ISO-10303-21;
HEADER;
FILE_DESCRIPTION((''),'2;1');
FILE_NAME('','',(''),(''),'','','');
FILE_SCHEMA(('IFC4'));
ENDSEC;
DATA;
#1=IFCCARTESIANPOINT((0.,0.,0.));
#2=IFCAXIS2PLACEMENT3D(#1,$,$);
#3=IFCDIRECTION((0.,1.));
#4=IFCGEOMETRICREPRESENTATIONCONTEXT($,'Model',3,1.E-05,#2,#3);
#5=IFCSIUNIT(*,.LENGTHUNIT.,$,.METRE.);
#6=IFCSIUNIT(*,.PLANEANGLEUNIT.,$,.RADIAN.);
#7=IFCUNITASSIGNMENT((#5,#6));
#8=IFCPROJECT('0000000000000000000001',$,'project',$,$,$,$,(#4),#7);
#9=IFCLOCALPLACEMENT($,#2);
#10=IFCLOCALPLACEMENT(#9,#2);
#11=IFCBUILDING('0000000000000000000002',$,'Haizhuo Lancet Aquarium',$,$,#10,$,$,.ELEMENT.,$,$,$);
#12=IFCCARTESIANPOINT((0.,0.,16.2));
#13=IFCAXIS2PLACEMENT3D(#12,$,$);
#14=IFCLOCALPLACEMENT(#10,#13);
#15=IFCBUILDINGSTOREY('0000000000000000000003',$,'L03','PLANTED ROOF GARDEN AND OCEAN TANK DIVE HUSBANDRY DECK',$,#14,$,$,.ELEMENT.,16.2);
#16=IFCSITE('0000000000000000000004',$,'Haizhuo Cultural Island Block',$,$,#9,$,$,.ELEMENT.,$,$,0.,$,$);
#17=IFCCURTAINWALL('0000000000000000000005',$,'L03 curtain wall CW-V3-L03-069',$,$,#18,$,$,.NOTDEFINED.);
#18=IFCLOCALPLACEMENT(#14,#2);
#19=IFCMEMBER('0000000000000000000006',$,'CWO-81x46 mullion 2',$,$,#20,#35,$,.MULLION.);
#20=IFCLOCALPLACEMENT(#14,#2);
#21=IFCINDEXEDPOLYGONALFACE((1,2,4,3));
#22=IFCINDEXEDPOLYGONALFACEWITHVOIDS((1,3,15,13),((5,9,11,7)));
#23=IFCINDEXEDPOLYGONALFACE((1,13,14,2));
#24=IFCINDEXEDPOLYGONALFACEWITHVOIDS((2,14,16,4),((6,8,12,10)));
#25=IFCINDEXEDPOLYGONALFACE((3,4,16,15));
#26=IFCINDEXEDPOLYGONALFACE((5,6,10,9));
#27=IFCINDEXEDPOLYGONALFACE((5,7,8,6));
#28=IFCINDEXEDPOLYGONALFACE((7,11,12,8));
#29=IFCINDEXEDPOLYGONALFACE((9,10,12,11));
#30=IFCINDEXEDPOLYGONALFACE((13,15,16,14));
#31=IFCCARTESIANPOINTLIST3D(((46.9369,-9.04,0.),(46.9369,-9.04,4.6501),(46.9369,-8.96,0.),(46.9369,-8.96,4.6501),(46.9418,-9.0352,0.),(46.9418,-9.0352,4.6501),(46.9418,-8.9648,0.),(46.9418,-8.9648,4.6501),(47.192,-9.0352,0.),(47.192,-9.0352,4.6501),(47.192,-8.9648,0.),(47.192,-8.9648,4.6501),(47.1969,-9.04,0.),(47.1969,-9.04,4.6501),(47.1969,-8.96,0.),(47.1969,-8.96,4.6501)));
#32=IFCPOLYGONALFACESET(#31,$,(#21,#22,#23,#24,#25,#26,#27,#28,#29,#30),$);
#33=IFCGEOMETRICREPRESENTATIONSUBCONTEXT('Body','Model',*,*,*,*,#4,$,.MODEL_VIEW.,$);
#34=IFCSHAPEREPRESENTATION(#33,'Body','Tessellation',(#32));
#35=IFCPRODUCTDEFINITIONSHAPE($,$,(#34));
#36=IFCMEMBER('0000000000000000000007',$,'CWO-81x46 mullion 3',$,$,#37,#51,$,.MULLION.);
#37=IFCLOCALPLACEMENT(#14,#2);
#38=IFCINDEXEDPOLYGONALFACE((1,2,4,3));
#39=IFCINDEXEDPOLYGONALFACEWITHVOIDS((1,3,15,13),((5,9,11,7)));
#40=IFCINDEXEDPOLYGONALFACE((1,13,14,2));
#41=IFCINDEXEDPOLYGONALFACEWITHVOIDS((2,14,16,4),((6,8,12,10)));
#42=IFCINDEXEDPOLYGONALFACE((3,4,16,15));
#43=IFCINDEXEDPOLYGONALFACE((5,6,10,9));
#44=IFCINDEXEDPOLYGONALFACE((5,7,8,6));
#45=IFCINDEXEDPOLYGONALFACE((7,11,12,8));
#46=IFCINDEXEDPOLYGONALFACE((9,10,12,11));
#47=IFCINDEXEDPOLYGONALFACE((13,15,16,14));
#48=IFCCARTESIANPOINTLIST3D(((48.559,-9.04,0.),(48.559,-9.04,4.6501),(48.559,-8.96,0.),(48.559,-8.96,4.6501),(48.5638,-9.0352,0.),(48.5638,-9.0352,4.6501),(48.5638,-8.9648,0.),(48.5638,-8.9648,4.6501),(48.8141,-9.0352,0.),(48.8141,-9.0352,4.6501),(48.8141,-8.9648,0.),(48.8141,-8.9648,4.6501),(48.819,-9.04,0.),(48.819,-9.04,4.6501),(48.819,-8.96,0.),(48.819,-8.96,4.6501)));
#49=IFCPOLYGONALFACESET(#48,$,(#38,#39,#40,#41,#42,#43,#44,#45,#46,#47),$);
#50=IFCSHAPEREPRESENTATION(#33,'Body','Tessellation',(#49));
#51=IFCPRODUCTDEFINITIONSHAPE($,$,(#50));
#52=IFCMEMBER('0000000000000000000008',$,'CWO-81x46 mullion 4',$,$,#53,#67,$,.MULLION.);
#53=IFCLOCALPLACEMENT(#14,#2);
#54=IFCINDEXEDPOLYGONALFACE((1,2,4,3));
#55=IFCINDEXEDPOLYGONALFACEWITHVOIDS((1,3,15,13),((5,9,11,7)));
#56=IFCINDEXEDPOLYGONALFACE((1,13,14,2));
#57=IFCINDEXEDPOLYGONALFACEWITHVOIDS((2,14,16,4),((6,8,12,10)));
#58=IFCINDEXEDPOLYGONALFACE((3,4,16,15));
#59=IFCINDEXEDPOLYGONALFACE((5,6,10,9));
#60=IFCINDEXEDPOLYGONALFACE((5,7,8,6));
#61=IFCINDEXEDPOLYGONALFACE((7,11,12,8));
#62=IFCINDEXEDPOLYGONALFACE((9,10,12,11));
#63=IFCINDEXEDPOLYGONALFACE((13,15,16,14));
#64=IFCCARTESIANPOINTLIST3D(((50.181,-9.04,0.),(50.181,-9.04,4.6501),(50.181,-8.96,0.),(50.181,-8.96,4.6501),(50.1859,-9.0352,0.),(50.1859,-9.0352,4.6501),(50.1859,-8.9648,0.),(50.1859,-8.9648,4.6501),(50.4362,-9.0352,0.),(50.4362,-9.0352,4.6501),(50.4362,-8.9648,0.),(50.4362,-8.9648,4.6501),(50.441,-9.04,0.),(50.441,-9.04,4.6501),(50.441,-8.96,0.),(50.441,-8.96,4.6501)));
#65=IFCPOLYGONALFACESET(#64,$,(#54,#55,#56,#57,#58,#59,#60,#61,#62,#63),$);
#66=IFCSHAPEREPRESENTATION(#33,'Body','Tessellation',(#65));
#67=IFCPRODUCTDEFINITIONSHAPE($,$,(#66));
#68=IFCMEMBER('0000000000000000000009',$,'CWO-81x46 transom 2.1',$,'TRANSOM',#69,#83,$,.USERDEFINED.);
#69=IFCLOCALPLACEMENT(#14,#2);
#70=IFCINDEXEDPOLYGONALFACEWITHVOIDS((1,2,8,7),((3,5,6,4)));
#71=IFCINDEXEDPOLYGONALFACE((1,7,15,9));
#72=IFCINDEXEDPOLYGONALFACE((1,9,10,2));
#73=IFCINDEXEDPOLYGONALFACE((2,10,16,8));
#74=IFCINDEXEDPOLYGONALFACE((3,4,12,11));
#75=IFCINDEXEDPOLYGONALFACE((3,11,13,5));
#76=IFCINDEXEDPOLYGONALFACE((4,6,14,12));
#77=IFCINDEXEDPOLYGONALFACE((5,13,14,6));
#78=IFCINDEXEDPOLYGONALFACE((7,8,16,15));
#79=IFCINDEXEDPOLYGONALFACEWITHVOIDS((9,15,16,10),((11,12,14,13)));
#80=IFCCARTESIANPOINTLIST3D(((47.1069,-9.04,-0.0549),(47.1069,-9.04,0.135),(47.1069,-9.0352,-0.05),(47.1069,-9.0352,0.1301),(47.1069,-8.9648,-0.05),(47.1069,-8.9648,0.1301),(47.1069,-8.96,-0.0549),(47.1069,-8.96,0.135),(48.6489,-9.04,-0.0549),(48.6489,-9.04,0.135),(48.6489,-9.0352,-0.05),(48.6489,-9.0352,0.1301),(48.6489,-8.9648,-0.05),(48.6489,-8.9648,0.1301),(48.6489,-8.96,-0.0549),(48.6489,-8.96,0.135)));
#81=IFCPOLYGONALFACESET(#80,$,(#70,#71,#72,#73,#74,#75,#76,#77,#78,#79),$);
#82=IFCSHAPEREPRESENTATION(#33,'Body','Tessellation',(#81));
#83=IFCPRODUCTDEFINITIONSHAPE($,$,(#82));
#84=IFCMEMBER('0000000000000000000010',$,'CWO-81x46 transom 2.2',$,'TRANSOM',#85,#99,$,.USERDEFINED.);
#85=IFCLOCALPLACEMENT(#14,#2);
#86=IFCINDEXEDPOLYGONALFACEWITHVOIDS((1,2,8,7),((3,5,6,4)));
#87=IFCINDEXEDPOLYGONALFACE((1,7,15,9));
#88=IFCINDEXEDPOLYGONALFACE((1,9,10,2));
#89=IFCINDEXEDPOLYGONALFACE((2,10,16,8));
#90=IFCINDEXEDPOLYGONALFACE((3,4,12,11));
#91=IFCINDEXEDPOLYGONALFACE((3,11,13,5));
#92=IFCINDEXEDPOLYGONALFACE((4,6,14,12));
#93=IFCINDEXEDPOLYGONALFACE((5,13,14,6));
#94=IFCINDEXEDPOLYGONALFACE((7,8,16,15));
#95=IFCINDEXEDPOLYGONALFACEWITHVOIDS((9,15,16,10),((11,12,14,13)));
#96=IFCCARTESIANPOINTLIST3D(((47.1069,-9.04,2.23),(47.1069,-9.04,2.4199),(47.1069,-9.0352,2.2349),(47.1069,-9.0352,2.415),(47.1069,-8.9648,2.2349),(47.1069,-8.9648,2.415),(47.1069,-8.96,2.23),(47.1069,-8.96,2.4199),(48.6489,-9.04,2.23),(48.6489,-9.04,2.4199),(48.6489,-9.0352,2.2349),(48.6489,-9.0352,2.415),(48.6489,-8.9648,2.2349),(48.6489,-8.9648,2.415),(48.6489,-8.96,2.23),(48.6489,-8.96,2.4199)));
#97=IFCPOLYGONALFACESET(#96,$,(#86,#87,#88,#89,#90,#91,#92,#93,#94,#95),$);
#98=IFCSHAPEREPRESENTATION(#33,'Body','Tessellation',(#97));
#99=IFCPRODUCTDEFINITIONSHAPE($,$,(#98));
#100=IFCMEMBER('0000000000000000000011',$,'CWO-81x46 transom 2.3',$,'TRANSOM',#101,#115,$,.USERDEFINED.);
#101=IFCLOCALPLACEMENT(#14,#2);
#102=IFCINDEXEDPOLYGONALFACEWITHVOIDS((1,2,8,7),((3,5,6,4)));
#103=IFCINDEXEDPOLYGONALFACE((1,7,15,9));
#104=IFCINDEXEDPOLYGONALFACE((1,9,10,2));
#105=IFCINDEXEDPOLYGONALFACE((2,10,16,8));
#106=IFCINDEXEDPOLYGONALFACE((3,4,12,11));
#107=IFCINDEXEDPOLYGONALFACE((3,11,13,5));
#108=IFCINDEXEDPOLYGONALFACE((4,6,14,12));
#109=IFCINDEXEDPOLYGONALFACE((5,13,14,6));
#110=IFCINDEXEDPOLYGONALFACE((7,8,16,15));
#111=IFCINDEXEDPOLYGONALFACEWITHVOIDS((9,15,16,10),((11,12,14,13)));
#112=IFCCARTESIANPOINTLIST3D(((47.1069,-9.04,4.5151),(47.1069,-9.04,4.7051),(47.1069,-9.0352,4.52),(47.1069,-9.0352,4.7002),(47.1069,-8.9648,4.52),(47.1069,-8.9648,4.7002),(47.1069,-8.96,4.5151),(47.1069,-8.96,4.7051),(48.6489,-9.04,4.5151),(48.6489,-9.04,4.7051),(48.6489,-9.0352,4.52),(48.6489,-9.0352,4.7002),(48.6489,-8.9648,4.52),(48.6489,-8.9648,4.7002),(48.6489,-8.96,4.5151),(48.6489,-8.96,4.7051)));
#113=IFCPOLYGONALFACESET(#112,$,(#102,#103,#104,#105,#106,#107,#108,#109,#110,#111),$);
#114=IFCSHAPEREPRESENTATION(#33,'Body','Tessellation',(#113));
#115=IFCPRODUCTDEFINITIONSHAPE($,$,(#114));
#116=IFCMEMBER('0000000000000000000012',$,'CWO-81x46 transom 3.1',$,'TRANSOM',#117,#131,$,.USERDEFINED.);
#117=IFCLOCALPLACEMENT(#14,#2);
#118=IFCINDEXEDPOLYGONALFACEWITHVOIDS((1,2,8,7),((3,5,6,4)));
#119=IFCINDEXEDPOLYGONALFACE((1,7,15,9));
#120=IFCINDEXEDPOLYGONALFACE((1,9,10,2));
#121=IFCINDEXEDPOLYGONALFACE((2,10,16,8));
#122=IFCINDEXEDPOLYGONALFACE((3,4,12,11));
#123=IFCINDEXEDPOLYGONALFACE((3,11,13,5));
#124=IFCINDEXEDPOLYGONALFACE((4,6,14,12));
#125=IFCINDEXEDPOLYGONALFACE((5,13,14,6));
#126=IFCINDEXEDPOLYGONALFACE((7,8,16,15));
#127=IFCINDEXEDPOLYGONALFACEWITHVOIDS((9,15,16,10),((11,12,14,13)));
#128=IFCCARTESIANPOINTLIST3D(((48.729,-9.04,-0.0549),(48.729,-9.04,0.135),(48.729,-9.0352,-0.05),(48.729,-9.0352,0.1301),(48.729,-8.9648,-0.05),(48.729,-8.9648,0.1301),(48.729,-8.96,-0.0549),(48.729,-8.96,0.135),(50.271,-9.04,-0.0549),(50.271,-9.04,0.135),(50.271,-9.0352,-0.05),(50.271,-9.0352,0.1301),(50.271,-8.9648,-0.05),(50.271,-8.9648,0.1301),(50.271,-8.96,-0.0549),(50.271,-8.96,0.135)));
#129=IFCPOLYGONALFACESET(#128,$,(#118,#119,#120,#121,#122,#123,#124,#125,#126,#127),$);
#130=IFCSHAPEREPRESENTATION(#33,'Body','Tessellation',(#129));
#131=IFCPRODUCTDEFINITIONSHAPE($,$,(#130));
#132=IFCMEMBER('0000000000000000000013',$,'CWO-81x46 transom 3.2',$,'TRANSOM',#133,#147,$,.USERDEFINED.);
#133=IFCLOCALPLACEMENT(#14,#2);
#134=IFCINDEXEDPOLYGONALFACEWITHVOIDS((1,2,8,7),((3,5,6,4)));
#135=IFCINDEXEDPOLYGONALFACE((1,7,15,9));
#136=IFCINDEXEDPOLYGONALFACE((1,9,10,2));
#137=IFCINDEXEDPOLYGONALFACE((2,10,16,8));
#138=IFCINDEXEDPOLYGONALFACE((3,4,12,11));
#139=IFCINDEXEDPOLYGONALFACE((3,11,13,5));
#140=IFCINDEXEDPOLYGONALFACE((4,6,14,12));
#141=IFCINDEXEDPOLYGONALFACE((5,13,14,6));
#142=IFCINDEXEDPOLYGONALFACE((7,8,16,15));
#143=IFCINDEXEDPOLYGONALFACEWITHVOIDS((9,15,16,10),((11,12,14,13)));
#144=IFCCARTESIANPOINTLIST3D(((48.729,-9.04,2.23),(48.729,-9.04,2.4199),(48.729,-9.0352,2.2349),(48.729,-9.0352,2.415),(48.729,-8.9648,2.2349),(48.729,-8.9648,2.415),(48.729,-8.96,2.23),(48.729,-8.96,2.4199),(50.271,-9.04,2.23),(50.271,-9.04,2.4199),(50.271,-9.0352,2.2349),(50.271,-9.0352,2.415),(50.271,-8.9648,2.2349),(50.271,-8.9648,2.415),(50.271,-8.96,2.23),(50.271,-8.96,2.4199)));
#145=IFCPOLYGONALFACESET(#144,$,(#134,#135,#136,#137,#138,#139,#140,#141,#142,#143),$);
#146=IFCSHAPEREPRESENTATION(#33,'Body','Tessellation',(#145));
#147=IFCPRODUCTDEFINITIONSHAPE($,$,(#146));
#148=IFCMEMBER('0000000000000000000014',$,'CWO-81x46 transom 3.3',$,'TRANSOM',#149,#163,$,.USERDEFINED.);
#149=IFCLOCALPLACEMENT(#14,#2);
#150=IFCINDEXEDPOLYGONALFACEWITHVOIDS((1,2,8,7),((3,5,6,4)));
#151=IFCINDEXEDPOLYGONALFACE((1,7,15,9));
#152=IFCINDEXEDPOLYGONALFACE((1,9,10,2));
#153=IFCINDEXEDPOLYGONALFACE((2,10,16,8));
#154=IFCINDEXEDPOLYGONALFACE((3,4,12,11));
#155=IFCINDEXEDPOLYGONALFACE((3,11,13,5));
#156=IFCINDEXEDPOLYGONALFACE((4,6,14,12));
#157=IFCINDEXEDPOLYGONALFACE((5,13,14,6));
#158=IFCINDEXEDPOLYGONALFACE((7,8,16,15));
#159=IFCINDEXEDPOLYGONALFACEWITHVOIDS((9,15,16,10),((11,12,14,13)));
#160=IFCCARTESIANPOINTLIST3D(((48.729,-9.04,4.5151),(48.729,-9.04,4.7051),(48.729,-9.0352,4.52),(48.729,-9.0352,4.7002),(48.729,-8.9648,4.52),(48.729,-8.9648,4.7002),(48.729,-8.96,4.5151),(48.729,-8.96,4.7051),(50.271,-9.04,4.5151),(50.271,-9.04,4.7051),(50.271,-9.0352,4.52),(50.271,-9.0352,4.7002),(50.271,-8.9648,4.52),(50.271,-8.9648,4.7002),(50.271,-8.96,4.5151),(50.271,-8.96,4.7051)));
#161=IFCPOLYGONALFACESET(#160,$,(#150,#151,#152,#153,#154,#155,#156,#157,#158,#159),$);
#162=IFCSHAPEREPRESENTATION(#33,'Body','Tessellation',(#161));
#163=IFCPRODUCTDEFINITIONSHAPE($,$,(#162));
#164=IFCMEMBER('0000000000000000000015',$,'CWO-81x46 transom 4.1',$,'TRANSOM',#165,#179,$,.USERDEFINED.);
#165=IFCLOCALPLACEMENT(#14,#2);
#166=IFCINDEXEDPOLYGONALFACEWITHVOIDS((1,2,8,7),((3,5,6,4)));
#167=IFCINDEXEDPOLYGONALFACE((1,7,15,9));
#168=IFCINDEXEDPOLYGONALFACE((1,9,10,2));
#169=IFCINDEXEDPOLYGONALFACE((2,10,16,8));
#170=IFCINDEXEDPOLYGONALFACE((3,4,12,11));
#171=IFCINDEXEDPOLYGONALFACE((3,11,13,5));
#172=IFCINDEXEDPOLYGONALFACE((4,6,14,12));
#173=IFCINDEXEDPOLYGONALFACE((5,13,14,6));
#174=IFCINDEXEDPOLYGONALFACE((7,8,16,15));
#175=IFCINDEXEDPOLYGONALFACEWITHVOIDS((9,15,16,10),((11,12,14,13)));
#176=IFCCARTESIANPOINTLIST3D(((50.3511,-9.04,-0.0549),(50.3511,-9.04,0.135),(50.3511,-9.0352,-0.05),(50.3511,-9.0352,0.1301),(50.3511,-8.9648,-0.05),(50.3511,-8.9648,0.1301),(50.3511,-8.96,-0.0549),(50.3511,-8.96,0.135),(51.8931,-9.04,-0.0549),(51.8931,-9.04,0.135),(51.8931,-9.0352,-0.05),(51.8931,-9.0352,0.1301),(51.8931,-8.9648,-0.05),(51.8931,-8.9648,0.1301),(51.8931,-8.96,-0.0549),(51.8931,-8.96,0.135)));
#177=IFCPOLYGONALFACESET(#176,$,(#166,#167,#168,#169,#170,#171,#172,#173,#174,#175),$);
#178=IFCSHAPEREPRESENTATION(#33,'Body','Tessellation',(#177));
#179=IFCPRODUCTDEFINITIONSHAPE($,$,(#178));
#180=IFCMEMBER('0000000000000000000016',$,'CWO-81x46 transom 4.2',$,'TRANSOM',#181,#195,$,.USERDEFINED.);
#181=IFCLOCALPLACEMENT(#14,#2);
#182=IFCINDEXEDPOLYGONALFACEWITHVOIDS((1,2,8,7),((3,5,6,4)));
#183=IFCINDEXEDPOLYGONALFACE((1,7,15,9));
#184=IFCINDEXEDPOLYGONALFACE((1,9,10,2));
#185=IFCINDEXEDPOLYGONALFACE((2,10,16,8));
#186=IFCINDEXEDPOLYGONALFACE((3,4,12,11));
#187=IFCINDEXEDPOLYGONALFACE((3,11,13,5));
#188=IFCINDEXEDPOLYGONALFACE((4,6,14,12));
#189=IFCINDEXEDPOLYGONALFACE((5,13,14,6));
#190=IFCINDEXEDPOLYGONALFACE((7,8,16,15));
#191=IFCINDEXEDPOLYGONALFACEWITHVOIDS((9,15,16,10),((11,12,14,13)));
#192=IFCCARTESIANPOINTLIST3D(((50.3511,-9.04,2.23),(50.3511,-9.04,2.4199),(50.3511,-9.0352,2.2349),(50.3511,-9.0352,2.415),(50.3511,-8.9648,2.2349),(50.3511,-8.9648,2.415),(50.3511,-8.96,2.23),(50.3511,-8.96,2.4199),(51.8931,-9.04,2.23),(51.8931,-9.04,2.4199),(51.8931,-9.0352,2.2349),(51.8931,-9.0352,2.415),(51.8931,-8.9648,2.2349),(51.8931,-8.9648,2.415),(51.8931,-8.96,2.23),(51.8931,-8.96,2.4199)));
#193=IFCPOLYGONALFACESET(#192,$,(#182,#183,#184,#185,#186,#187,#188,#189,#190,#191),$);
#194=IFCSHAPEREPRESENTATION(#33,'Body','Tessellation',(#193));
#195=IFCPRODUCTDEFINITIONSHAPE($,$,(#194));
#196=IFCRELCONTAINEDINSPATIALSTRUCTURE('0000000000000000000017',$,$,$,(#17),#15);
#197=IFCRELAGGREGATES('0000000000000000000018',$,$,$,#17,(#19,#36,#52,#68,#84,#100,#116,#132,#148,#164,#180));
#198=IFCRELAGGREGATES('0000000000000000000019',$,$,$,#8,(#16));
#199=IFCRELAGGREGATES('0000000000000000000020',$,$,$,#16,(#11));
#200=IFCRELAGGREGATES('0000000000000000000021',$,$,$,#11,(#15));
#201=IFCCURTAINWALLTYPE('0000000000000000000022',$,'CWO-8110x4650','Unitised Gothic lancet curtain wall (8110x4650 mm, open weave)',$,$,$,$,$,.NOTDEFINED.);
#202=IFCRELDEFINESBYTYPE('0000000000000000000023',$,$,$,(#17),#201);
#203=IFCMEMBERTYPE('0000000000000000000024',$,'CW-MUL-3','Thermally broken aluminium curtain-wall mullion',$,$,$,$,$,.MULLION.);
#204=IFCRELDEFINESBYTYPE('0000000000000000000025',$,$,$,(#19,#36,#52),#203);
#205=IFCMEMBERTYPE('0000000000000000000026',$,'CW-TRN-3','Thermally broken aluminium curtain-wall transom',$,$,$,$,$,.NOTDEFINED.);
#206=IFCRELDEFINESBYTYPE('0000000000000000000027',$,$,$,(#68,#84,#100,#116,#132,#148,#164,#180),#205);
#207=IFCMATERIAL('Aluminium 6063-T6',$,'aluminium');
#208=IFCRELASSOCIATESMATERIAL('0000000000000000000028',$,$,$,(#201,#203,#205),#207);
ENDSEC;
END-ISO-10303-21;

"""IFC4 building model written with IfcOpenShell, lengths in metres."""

from ifc_helpers import new_model, si_unit, direction, frame, origin, origin_2d, place, context, subcontext, project, spatial, hollow_rectangle, extrude, material, material_profile, profile_set, type_object, element, aggregate, save


model = new_model("IFC4")

# Units and contexts
model_context = context("Model", 3, precision=1e-05, world=origin(), true_north=direction((0.0, 1.0)))
body_context = subcontext(model_context, "Body", "Model", "MODEL_VIEW")
ifc_project = project(units=[si_unit("LENGTHUNIT", "METRE"), si_unit("PLANEANGLEUNIT", "RADIAN")], contexts=[model_context])

# Site, building, storey
site_placement = place(None, origin())
site = spatial("IfcSite", under=ifc_project, at=site_placement, Name="Haizhuo Cultural Island Block", CompositionType="ELEMENT", RefElevation=0.0)
building_placement = place(site_placement, origin())
building = spatial("IfcBuilding", under=site, at=building_placement, Name="Haizhuo Lancet Aquarium", CompositionType="ELEMENT")
storey_placement = place(building_placement, frame((0.0, 0.0, 16.2)))
storey = spatial("IfcBuildingStorey", under=building, at=storey_placement, Name="L03", Description="PLANTED ROOF GARDEN AND OCEAN TANK DIVE HUSBANDRY DECK", CompositionType="ELEMENT", Elevation=16.2)

# Curtain wall, members
ifc_material_1 = material(Name="Aluminium 6063-T6", Category="aluminium")
curtain_wall_type = type_object("IfcCurtainWallType", Name="CWO-8110x4650", Description="Unitised Gothic lancet curtain wall (8110x4650 mm, open weave)", PredefinedType="NOTDEFINED", material=ifc_material_1)
curtain_wall_placement = place(storey_placement, origin())
curtain_wall = element("IfcCurtainWall", 1, at=curtain_wall_placement, inside=storey, type_object=curtain_wall_type, Name="L03 curtain wall CW-V3-L03-069", PredefinedType="NOTDEFINED")
ifc_material_profile_1 = material_profile(ifc_material_1, hollow_rectangle(XDim=0.0801, YDim=0.26, WallThickness=0.0049, at=origin_2d()), Name="ALU-M 80x260x5")
ifc_profile_set_1 = profile_set([ifc_material_profile_1], Name="Aluminium 6063-T6")
member_type_1 = type_object("IfcMemberType", Name="CW-MUL-3", Description="Thermally broken aluminium curtain-wall mullion", PredefinedType="MULLION", material=ifc_profile_set_1)
member_1_placement = place(storey_placement, frame((47.0669, -9.0, 0.0), z_axis=(0.0, 0.0, 1.0), x_axis=(0.0, 1.0, 0.0)))
member_1 = element("IfcMember", 2, at=member_1_placement, type_object=member_type_1, Name="CWO-81x46 mullion 2", PredefinedType="MULLION", context=body_context, shape_type="SweptSolid", body=[
    extrude(hollow_rectangle(XDim=0.0801, YDim=0.26, WallThickness=0.0049, at=origin_2d()), origin(), (0.0, 0.0, 1.0), 4.6501),
])
member_2_placement = place(storey_placement, frame((48.689, -9.0, 0.0), z_axis=(0.0, 0.0, 1.0), x_axis=(0.0, 1.0, 0.0)))
member_2 = element("IfcMember", 3, at=member_2_placement, type_object=member_type_1, Name="CWO-81x46 mullion 3", PredefinedType="MULLION", context=body_context, shape_type="SweptSolid", body=[
    extrude(hollow_rectangle(XDim=0.0801, YDim=0.26, WallThickness=0.0049, at=origin_2d()), origin(), (0.0, 0.0, 1.0), 4.6501),
])
member_3_placement = place(storey_placement, frame((50.311, -9.0, 0.0), z_axis=(0.0, 0.0, 1.0), x_axis=(0.0, 1.0, 0.0)))
member_3 = element("IfcMember", 4, at=member_3_placement, type_object=member_type_1, Name="CWO-81x46 mullion 4", PredefinedType="MULLION", context=body_context, shape_type="SweptSolid", body=[
    extrude(hollow_rectangle(XDim=0.0801, YDim=0.26, WallThickness=0.0049, at=origin_2d()), origin(), (0.0, 0.0, 1.0), 4.6501),
])
ifc_material_profile_2 = material_profile(ifc_material_1, hollow_rectangle(XDim=0.0801, YDim=0.1899, WallThickness=0.0049, at=origin_2d()), Name="ALU-T 80x190x5")
ifc_profile_set_2 = profile_set([ifc_material_profile_2], Name="Aluminium 6063-T6")
member_type_2 = type_object("IfcMemberType", Name="CW-TRN-3", Description="Thermally broken aluminium curtain-wall transom", PredefinedType="NOTDEFINED", material=ifc_profile_set_2)
member_4_placement = place(storey_placement, frame((47.1069, -9.0, 0.04), z_axis=(1.0, 0.0, 0.0), x_axis=(0.0, 1.0, 0.0)))
member_4 = element("IfcMember", 5, at=member_4_placement, type_object=member_type_2, Name="CWO-81x46 transom 2.1", ObjectType="TRANSOM", PredefinedType="USERDEFINED", context=body_context, shape_type="SweptSolid", body=[
    extrude(hollow_rectangle(XDim=0.0801, YDim=0.1899, WallThickness=0.0049, at=origin_2d()), origin(), (0.0, 0.0, 1.0), 1.542),
])
member_5_placement = place(storey_placement, frame((47.1069, -9.0, 2.325), z_axis=(1.0, 0.0, 0.0), x_axis=(0.0, 1.0, 0.0)))
member_5 = element("IfcMember", 6, at=member_5_placement, type_object=member_type_2, Name="CWO-81x46 transom 2.2", ObjectType="TRANSOM", PredefinedType="USERDEFINED", context=body_context, shape_type="SweptSolid", body=[
    extrude(hollow_rectangle(XDim=0.0801, YDim=0.1899, WallThickness=0.0049, at=origin_2d()), origin(), (0.0, 0.0, 1.0), 1.542),
])
member_6_placement = place(storey_placement, frame((47.1069, -9.0, 4.6101), z_axis=(1.0, 0.0, 0.0), x_axis=(0.0, 1.0, 0.0)))
member_6 = element("IfcMember", 7, at=member_6_placement, type_object=member_type_2, Name="CWO-81x46 transom 2.3", ObjectType="TRANSOM", PredefinedType="USERDEFINED", context=body_context, shape_type="SweptSolid", body=[
    extrude(hollow_rectangle(XDim=0.0801, YDim=0.1899, WallThickness=0.0049, at=origin_2d()), origin(), (0.0, 0.0, 1.0), 1.542),
])
member_7_placement = place(storey_placement, frame((48.729, -9.0, 0.04), z_axis=(1.0, 0.0, 0.0), x_axis=(0.0, 1.0, 0.0)))
member_7 = element("IfcMember", 8, at=member_7_placement, type_object=member_type_2, Name="CWO-81x46 transom 3.1", ObjectType="TRANSOM", PredefinedType="USERDEFINED", context=body_context, shape_type="SweptSolid", body=[
    extrude(hollow_rectangle(XDim=0.0801, YDim=0.1899, WallThickness=0.0049, at=origin_2d()), origin(), (0.0, 0.0, 1.0), 1.542),
])
member_8_placement = place(storey_placement, frame((48.729, -9.0, 2.325), z_axis=(1.0, 0.0, 0.0), x_axis=(0.0, 1.0, 0.0)))
member_8 = element("IfcMember", 9, at=member_8_placement, type_object=member_type_2, Name="CWO-81x46 transom 3.2", ObjectType="TRANSOM", PredefinedType="USERDEFINED", context=body_context, shape_type="SweptSolid", body=[
    extrude(hollow_rectangle(XDim=0.0801, YDim=0.1899, WallThickness=0.0049, at=origin_2d()), origin(), (0.0, 0.0, 1.0), 1.542),
])
member_9_placement = place(storey_placement, frame((48.729, -9.0, 4.6101), z_axis=(1.0, 0.0, 0.0), x_axis=(0.0, 1.0, 0.0)))
member_9 = element("IfcMember", 10, at=member_9_placement, type_object=member_type_2, Name="CWO-81x46 transom 3.3", ObjectType="TRANSOM", PredefinedType="USERDEFINED", context=body_context, shape_type="SweptSolid", body=[
    extrude(hollow_rectangle(XDim=0.0801, YDim=0.1899, WallThickness=0.0049, at=origin_2d()), origin(), (0.0, 0.0, 1.0), 1.542),
])
member_10_placement = place(storey_placement, frame((50.3511, -9.0, 0.04), z_axis=(1.0, 0.0, 0.0), x_axis=(0.0, 1.0, 0.0)))
member_10 = element("IfcMember", 11, at=member_10_placement, type_object=member_type_2, Name="CWO-81x46 transom 4.1", ObjectType="TRANSOM", PredefinedType="USERDEFINED", context=body_context, shape_type="SweptSolid", body=[
    extrude(hollow_rectangle(XDim=0.0801, YDim=0.1899, WallThickness=0.0049, at=origin_2d()), origin(), (0.0, 0.0, 1.0), 1.542),
])
member_11_placement = place(storey_placement, frame((50.3511, -9.0, 2.325), z_axis=(1.0, 0.0, 0.0), x_axis=(0.0, 1.0, 0.0)))
member_11 = element("IfcMember", 12, at=member_11_placement, type_object=member_type_2, Name="CWO-81x46 transom 4.2", ObjectType="TRANSOM", PredefinedType="USERDEFINED", context=body_context, shape_type="SweptSolid", body=[
    extrude(hollow_rectangle(XDim=0.0801, YDim=0.1899, WallThickness=0.0049, at=origin_2d()), origin(), (0.0, 0.0, 1.0), 1.542),
])

aggregate(curtain_wall, [member_1, member_2, member_3, member_4, member_5, member_6, member_7, member_8, member_9, member_10, member_11])

save(model, "model.ifc")
